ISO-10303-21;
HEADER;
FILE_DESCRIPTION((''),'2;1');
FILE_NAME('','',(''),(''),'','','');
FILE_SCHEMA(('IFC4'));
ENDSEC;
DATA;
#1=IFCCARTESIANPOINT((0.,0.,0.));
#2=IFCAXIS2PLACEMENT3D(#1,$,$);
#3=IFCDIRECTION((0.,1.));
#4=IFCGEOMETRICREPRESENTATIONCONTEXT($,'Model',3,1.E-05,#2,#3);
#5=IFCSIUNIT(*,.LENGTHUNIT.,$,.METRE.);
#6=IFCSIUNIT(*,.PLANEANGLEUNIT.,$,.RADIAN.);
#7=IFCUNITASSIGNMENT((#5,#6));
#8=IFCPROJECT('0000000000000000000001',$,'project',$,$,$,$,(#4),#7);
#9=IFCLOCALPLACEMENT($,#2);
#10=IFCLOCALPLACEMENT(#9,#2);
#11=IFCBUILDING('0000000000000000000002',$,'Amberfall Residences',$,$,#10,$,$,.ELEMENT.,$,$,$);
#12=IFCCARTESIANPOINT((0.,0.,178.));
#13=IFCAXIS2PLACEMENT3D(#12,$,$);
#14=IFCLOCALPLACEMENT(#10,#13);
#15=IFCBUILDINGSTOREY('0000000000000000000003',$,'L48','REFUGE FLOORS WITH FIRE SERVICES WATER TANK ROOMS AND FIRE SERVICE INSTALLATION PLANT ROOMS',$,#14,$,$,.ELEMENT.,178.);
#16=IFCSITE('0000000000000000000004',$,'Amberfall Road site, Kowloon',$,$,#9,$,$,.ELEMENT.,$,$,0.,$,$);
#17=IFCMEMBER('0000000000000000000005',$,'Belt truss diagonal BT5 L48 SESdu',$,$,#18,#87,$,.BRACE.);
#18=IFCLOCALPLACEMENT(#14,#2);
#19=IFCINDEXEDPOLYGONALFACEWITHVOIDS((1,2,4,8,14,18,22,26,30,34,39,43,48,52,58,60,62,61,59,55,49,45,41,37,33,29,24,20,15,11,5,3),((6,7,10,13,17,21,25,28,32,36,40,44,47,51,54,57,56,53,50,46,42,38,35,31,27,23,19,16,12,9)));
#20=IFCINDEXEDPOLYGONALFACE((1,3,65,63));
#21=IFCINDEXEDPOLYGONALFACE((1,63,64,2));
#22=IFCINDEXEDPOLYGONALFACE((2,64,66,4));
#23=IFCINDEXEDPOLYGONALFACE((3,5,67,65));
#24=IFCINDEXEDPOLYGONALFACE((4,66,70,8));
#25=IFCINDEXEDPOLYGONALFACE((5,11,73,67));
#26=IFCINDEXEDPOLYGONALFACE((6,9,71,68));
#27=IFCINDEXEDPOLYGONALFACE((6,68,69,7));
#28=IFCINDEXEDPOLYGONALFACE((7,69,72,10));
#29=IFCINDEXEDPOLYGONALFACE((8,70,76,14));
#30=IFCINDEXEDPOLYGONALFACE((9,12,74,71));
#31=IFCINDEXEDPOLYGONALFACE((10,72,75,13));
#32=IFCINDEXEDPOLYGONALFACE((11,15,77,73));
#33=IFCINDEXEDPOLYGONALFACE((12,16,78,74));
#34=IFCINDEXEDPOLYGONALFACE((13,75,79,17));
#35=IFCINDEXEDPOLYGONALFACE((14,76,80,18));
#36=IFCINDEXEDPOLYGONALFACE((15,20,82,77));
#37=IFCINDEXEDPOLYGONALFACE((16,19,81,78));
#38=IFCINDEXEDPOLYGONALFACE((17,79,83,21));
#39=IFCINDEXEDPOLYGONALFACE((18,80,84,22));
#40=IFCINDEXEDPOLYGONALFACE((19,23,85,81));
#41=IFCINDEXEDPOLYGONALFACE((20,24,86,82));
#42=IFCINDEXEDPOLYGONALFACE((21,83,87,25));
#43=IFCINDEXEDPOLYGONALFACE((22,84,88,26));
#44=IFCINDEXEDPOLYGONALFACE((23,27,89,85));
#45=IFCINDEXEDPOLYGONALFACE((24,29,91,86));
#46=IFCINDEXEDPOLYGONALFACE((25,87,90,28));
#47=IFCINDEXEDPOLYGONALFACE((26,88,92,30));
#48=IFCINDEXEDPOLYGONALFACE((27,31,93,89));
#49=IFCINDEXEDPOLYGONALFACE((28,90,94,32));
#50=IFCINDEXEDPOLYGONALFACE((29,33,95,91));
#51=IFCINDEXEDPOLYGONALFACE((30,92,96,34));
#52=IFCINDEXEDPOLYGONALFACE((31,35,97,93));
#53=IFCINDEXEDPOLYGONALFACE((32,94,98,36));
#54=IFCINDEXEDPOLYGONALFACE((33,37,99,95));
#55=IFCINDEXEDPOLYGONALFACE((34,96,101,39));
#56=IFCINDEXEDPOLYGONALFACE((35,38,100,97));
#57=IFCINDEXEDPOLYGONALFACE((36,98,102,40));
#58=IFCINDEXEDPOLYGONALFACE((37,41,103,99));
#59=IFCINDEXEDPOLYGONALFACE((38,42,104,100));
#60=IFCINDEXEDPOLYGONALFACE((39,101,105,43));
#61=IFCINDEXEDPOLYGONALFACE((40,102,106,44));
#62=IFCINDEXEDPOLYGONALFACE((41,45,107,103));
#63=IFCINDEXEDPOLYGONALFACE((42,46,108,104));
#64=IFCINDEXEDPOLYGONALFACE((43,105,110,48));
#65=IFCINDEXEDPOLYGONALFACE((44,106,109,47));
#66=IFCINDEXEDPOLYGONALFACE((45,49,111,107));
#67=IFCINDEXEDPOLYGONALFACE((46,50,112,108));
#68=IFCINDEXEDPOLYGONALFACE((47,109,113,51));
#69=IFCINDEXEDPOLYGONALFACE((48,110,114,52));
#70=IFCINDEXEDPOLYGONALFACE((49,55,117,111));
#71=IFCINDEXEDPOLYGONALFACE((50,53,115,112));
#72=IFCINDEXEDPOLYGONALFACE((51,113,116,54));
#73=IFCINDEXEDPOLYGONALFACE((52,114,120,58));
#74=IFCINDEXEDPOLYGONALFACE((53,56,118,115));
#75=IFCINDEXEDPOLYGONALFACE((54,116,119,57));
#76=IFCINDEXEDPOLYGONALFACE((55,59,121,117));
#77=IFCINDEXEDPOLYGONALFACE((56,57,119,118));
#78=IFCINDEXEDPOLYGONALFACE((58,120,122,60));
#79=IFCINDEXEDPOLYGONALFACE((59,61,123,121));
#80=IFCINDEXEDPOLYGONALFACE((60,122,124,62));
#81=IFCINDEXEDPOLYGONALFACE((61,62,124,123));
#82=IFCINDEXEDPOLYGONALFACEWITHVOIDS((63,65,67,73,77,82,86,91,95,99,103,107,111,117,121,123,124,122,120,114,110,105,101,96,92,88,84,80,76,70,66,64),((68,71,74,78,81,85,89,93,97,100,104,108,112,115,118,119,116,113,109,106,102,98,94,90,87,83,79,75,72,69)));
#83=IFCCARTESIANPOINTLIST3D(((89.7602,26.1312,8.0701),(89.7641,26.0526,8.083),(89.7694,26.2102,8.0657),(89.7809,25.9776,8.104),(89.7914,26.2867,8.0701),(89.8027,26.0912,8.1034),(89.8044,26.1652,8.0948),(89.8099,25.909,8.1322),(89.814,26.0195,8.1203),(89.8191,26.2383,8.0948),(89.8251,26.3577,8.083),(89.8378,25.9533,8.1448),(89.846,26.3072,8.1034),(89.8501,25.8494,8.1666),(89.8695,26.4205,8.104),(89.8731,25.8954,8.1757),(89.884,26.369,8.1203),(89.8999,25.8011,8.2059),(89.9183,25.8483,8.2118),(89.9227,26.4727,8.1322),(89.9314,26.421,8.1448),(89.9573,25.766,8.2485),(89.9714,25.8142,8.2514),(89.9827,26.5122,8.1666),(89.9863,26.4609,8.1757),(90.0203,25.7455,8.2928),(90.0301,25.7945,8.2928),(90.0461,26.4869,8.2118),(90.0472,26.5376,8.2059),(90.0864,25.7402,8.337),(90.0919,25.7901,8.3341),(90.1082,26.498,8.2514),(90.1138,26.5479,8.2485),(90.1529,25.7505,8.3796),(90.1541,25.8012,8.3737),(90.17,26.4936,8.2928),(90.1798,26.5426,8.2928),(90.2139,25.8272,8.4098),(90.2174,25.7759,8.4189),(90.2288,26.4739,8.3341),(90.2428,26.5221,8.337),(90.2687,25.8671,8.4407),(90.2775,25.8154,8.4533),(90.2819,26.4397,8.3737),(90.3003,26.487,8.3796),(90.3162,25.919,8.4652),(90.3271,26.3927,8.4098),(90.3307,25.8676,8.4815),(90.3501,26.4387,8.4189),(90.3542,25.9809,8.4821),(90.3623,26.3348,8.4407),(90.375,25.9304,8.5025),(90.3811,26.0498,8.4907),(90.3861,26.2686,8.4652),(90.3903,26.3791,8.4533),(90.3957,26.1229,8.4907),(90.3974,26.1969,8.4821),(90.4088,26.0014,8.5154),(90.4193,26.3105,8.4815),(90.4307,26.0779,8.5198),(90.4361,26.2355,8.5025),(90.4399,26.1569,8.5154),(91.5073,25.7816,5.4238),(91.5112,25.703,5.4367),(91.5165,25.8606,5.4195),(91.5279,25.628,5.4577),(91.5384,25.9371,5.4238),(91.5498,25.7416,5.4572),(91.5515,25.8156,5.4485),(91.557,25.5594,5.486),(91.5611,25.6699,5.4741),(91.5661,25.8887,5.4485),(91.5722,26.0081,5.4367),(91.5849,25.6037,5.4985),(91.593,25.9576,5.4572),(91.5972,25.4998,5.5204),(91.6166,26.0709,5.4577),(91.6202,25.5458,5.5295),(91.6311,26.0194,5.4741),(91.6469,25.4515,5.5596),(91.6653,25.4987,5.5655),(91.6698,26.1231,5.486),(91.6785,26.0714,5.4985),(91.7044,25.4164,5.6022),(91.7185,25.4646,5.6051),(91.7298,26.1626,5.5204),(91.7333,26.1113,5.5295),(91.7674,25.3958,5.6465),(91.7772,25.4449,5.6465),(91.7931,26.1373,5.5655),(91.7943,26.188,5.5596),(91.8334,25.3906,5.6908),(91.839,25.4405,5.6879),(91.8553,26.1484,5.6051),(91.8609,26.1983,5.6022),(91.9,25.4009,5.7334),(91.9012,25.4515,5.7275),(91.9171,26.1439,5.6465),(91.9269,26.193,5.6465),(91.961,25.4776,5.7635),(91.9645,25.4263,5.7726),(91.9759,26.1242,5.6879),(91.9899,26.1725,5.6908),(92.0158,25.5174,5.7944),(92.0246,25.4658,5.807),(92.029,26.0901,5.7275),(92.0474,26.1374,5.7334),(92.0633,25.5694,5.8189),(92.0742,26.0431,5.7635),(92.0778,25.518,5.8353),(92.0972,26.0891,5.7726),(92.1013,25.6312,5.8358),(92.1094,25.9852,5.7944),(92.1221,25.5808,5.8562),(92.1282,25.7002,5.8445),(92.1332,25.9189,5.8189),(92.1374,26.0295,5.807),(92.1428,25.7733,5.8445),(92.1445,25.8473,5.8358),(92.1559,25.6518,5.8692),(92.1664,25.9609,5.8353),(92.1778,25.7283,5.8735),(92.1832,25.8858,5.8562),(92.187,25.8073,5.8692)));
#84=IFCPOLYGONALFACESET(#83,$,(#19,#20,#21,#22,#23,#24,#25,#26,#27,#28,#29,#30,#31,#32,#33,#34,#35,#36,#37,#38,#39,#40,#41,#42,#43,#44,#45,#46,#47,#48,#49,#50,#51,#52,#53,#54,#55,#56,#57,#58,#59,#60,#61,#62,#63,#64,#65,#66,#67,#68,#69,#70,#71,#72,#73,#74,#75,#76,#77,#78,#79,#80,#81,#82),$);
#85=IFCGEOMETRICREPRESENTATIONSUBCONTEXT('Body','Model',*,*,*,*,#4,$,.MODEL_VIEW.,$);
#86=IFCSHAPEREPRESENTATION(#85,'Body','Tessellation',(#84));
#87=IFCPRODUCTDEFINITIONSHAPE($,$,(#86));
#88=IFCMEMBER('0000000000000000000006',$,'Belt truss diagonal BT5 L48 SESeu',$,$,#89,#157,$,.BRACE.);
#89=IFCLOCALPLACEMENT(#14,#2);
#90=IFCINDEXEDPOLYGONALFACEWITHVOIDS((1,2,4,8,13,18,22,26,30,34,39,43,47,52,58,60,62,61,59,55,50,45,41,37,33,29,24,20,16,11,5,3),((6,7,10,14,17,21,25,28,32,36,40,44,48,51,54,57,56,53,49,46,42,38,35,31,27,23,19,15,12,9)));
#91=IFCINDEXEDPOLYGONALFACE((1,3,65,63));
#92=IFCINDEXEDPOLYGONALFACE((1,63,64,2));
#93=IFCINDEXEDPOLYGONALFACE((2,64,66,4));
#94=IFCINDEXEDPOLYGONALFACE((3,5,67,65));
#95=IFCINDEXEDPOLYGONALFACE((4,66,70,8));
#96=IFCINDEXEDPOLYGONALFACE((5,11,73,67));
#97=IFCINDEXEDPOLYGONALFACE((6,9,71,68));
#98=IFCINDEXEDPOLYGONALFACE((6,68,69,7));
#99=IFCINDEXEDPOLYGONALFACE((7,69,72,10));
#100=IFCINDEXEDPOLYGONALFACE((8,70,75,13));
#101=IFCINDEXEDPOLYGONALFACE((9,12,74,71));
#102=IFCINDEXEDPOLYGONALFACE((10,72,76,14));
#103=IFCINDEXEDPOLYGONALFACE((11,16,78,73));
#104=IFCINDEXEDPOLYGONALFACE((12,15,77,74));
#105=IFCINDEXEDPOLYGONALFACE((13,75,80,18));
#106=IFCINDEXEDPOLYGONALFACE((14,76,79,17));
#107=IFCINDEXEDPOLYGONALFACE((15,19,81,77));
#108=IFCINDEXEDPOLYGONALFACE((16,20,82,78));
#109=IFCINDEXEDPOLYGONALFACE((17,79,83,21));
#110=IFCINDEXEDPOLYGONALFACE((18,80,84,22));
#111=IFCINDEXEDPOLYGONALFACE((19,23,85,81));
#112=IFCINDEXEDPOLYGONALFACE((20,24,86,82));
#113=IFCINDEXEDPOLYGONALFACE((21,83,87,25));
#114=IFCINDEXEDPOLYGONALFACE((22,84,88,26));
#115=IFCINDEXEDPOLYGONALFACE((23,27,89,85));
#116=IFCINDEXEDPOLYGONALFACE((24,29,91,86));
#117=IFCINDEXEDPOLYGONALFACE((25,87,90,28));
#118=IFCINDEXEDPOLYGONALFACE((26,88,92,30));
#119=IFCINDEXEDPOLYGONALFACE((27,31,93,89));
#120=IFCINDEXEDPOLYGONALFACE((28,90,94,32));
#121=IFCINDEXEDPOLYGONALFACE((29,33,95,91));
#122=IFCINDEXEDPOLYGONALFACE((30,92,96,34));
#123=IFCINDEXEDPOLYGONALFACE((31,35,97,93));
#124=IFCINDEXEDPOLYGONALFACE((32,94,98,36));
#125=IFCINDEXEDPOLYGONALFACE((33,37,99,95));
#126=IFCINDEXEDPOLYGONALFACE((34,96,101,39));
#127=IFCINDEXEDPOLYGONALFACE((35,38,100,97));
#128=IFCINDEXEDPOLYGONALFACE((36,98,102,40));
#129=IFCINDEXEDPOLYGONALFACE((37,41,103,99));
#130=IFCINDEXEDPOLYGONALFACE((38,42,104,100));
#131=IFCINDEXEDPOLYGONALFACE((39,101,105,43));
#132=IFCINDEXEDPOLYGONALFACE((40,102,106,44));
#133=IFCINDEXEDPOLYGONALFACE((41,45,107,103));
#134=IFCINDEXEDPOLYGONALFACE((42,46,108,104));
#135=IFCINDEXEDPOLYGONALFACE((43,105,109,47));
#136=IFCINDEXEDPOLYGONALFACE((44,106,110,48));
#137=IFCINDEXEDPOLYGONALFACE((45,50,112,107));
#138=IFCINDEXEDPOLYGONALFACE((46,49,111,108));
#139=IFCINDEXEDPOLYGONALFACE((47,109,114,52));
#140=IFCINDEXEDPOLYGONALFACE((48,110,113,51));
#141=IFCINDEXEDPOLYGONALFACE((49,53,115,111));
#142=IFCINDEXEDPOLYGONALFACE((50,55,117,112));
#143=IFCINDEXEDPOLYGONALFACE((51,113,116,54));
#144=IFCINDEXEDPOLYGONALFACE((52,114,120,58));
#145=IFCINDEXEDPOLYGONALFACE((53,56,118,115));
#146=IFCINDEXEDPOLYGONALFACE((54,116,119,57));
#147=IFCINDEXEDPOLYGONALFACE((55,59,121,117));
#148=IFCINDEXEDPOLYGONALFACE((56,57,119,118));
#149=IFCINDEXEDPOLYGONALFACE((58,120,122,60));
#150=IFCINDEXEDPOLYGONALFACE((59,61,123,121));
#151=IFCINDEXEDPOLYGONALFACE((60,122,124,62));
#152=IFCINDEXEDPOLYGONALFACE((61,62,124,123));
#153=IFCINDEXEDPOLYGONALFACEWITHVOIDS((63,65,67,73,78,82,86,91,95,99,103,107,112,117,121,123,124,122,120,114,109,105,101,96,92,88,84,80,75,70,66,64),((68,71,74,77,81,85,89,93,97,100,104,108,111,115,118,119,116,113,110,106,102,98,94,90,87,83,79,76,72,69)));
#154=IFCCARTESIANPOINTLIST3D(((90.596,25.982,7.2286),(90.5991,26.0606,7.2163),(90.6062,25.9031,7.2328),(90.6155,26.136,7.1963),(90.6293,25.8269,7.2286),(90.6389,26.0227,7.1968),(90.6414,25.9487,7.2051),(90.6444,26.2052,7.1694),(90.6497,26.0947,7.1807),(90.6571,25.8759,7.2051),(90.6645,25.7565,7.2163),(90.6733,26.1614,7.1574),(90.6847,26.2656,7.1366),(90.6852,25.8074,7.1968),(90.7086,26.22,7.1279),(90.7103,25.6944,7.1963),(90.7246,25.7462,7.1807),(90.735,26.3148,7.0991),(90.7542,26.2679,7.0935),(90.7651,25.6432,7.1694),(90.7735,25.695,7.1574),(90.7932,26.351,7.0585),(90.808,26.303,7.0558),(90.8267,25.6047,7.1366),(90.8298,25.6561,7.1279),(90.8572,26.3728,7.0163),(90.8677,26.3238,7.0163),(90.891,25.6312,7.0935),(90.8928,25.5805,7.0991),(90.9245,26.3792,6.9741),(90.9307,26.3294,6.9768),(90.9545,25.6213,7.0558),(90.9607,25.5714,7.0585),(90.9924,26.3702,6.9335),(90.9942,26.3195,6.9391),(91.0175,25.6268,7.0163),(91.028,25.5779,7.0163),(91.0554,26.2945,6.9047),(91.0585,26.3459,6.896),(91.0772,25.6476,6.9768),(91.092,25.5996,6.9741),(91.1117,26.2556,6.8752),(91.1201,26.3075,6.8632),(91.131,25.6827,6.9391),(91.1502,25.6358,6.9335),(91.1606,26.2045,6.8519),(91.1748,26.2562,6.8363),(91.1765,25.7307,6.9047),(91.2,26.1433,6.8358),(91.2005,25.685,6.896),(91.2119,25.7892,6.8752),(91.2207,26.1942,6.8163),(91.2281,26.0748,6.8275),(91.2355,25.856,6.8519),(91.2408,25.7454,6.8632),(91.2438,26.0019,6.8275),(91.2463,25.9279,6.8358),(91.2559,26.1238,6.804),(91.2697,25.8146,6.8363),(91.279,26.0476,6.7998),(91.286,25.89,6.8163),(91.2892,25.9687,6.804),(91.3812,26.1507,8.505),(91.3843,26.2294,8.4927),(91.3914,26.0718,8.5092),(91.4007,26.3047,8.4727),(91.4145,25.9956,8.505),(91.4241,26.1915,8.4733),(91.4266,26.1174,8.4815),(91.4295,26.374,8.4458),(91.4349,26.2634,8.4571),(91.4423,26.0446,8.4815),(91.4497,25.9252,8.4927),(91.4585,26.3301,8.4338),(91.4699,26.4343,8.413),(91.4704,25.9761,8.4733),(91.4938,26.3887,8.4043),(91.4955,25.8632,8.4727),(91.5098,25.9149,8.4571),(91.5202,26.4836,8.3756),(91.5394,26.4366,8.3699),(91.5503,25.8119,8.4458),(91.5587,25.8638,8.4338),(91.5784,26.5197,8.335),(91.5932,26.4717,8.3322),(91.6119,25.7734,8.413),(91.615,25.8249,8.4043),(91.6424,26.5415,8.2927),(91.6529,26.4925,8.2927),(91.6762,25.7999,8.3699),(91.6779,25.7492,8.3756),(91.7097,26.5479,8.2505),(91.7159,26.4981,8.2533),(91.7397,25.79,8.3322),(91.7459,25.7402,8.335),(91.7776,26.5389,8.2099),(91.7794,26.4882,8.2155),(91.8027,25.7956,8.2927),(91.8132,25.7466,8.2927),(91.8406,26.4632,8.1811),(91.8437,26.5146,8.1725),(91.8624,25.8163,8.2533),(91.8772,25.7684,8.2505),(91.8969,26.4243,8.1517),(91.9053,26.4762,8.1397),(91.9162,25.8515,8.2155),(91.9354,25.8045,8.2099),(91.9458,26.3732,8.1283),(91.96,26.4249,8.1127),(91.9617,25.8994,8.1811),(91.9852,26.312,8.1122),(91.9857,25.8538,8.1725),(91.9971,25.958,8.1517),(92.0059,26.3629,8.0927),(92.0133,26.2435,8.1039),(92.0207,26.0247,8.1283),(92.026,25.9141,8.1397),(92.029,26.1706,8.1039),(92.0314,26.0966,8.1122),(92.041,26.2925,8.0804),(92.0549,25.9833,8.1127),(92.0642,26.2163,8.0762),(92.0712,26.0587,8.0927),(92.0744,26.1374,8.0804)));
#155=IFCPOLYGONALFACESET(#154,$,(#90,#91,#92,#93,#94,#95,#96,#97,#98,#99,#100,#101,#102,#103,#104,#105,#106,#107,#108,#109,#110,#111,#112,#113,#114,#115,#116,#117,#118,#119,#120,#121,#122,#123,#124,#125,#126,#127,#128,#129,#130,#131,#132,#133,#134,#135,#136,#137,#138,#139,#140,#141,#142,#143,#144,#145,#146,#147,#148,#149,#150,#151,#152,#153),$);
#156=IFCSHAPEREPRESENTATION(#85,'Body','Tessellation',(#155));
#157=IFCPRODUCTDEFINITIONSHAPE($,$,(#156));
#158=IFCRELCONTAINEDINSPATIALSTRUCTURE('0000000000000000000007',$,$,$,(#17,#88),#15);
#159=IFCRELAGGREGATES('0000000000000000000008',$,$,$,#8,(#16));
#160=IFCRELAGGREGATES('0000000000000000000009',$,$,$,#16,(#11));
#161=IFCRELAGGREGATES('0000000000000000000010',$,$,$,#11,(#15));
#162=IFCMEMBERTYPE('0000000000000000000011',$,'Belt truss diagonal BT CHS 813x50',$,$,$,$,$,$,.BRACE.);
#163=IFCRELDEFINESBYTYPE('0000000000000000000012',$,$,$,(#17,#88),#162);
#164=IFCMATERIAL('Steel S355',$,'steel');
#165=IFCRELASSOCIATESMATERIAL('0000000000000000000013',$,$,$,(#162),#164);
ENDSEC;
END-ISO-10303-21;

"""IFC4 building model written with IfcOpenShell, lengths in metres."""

from ifc_helpers import new_model, si_unit, direction, frame, origin, origin_2d, place, context, subcontext, project, spatial, hollow_circle, extrude, material, material_profile, profile_set, type_object, element, save


model = new_model("IFC4")

# Units and contexts
model_context = context("Model", 3, precision=1e-05, world=origin(), true_north=direction((0.0, 1.0)))
body_context = subcontext(model_context, "Body", "Model", "MODEL_VIEW")
ifc_project = project(units=[si_unit("LENGTHUNIT", "METRE"), si_unit("PLANEANGLEUNIT", "RADIAN")], contexts=[model_context])

# Site, building, storey
site_placement = place(None, origin())
site = spatial("IfcSite", under=ifc_project, at=site_placement, Name="Amberfall Road site, Kowloon", CompositionType="ELEMENT", RefElevation=0.0)
building_placement = place(site_placement, origin())
building = spatial("IfcBuilding", under=site, at=building_placement, Name="Amberfall Residences", CompositionType="ELEMENT")
storey_placement = place(building_placement, frame((0.0, 0.0, 178.0)))
storey = spatial("IfcBuildingStorey", under=building, at=storey_placement, Name="L48", Description="REFUGE FLOORS WITH FIRE SERVICES WATER TANK ROOMS AND FIRE SERVICE INSTALLATION PLANT ROOMS", CompositionType="ELEMENT", Elevation=178.0)

# Shared definitions
ifc_material = material(Name="Steel S355", Category="steel")

# Members
ifc_material_profile_1 = material_profile(ifc_material, hollow_circle(Radius=0.4065, WallThickness=0.05, at=origin_2d()), Name="CHS 813x50")
ifc_profile_set_1 = profile_set([ifc_material_profile_1], Name="Steel S355")
member_type_1 = type_object("IfcMemberType", Name="Belt truss diagonal BT CHS 813x50", PredefinedType="BRACE", material=ifc_profile_set_1)
member_1_placement = place(storey_placement, frame((91.8472, 25.7944, 5.6465), z_axis=(-0.547645, 0.10959, 0.829503), x_axis=(-0.196222, -0.98056, 0.0)))
element("IfcMember", 1, at=member_1_placement, inside=storey, type_object=member_type_1, Name="Belt truss diagonal BT5 L48 SESdu", PredefinedType="BRACE", context=body_context, shape_type="SweptSolid", body=[
    extrude(hollow_circle(Radius=0.4065, WallThickness=0.05, at=origin_2d()), origin(), (0.0, 0.0, 1.0), 3.1902),
])
member_2_placement = place(storey_placement, frame((91.7278, 26.144, 8.2927), z_axis=(-0.520663, -0.111871, -0.846401), x_axis=(0.210069, -0.977687, 0.0)))
element("IfcMember", 2, at=member_2_placement, inside=storey, type_object=member_type_1, Name="Belt truss diagonal BT5 L48 SESeu", PredefinedType="BRACE", context=body_context, shape_type="SweptSolid", body=[
    extrude(hollow_circle(Radius=0.4065, WallThickness=0.05, at=origin_2d()), origin(), (0.0, 0.0, 1.0), 1.5081),
])

save(model, "model.ifc")
